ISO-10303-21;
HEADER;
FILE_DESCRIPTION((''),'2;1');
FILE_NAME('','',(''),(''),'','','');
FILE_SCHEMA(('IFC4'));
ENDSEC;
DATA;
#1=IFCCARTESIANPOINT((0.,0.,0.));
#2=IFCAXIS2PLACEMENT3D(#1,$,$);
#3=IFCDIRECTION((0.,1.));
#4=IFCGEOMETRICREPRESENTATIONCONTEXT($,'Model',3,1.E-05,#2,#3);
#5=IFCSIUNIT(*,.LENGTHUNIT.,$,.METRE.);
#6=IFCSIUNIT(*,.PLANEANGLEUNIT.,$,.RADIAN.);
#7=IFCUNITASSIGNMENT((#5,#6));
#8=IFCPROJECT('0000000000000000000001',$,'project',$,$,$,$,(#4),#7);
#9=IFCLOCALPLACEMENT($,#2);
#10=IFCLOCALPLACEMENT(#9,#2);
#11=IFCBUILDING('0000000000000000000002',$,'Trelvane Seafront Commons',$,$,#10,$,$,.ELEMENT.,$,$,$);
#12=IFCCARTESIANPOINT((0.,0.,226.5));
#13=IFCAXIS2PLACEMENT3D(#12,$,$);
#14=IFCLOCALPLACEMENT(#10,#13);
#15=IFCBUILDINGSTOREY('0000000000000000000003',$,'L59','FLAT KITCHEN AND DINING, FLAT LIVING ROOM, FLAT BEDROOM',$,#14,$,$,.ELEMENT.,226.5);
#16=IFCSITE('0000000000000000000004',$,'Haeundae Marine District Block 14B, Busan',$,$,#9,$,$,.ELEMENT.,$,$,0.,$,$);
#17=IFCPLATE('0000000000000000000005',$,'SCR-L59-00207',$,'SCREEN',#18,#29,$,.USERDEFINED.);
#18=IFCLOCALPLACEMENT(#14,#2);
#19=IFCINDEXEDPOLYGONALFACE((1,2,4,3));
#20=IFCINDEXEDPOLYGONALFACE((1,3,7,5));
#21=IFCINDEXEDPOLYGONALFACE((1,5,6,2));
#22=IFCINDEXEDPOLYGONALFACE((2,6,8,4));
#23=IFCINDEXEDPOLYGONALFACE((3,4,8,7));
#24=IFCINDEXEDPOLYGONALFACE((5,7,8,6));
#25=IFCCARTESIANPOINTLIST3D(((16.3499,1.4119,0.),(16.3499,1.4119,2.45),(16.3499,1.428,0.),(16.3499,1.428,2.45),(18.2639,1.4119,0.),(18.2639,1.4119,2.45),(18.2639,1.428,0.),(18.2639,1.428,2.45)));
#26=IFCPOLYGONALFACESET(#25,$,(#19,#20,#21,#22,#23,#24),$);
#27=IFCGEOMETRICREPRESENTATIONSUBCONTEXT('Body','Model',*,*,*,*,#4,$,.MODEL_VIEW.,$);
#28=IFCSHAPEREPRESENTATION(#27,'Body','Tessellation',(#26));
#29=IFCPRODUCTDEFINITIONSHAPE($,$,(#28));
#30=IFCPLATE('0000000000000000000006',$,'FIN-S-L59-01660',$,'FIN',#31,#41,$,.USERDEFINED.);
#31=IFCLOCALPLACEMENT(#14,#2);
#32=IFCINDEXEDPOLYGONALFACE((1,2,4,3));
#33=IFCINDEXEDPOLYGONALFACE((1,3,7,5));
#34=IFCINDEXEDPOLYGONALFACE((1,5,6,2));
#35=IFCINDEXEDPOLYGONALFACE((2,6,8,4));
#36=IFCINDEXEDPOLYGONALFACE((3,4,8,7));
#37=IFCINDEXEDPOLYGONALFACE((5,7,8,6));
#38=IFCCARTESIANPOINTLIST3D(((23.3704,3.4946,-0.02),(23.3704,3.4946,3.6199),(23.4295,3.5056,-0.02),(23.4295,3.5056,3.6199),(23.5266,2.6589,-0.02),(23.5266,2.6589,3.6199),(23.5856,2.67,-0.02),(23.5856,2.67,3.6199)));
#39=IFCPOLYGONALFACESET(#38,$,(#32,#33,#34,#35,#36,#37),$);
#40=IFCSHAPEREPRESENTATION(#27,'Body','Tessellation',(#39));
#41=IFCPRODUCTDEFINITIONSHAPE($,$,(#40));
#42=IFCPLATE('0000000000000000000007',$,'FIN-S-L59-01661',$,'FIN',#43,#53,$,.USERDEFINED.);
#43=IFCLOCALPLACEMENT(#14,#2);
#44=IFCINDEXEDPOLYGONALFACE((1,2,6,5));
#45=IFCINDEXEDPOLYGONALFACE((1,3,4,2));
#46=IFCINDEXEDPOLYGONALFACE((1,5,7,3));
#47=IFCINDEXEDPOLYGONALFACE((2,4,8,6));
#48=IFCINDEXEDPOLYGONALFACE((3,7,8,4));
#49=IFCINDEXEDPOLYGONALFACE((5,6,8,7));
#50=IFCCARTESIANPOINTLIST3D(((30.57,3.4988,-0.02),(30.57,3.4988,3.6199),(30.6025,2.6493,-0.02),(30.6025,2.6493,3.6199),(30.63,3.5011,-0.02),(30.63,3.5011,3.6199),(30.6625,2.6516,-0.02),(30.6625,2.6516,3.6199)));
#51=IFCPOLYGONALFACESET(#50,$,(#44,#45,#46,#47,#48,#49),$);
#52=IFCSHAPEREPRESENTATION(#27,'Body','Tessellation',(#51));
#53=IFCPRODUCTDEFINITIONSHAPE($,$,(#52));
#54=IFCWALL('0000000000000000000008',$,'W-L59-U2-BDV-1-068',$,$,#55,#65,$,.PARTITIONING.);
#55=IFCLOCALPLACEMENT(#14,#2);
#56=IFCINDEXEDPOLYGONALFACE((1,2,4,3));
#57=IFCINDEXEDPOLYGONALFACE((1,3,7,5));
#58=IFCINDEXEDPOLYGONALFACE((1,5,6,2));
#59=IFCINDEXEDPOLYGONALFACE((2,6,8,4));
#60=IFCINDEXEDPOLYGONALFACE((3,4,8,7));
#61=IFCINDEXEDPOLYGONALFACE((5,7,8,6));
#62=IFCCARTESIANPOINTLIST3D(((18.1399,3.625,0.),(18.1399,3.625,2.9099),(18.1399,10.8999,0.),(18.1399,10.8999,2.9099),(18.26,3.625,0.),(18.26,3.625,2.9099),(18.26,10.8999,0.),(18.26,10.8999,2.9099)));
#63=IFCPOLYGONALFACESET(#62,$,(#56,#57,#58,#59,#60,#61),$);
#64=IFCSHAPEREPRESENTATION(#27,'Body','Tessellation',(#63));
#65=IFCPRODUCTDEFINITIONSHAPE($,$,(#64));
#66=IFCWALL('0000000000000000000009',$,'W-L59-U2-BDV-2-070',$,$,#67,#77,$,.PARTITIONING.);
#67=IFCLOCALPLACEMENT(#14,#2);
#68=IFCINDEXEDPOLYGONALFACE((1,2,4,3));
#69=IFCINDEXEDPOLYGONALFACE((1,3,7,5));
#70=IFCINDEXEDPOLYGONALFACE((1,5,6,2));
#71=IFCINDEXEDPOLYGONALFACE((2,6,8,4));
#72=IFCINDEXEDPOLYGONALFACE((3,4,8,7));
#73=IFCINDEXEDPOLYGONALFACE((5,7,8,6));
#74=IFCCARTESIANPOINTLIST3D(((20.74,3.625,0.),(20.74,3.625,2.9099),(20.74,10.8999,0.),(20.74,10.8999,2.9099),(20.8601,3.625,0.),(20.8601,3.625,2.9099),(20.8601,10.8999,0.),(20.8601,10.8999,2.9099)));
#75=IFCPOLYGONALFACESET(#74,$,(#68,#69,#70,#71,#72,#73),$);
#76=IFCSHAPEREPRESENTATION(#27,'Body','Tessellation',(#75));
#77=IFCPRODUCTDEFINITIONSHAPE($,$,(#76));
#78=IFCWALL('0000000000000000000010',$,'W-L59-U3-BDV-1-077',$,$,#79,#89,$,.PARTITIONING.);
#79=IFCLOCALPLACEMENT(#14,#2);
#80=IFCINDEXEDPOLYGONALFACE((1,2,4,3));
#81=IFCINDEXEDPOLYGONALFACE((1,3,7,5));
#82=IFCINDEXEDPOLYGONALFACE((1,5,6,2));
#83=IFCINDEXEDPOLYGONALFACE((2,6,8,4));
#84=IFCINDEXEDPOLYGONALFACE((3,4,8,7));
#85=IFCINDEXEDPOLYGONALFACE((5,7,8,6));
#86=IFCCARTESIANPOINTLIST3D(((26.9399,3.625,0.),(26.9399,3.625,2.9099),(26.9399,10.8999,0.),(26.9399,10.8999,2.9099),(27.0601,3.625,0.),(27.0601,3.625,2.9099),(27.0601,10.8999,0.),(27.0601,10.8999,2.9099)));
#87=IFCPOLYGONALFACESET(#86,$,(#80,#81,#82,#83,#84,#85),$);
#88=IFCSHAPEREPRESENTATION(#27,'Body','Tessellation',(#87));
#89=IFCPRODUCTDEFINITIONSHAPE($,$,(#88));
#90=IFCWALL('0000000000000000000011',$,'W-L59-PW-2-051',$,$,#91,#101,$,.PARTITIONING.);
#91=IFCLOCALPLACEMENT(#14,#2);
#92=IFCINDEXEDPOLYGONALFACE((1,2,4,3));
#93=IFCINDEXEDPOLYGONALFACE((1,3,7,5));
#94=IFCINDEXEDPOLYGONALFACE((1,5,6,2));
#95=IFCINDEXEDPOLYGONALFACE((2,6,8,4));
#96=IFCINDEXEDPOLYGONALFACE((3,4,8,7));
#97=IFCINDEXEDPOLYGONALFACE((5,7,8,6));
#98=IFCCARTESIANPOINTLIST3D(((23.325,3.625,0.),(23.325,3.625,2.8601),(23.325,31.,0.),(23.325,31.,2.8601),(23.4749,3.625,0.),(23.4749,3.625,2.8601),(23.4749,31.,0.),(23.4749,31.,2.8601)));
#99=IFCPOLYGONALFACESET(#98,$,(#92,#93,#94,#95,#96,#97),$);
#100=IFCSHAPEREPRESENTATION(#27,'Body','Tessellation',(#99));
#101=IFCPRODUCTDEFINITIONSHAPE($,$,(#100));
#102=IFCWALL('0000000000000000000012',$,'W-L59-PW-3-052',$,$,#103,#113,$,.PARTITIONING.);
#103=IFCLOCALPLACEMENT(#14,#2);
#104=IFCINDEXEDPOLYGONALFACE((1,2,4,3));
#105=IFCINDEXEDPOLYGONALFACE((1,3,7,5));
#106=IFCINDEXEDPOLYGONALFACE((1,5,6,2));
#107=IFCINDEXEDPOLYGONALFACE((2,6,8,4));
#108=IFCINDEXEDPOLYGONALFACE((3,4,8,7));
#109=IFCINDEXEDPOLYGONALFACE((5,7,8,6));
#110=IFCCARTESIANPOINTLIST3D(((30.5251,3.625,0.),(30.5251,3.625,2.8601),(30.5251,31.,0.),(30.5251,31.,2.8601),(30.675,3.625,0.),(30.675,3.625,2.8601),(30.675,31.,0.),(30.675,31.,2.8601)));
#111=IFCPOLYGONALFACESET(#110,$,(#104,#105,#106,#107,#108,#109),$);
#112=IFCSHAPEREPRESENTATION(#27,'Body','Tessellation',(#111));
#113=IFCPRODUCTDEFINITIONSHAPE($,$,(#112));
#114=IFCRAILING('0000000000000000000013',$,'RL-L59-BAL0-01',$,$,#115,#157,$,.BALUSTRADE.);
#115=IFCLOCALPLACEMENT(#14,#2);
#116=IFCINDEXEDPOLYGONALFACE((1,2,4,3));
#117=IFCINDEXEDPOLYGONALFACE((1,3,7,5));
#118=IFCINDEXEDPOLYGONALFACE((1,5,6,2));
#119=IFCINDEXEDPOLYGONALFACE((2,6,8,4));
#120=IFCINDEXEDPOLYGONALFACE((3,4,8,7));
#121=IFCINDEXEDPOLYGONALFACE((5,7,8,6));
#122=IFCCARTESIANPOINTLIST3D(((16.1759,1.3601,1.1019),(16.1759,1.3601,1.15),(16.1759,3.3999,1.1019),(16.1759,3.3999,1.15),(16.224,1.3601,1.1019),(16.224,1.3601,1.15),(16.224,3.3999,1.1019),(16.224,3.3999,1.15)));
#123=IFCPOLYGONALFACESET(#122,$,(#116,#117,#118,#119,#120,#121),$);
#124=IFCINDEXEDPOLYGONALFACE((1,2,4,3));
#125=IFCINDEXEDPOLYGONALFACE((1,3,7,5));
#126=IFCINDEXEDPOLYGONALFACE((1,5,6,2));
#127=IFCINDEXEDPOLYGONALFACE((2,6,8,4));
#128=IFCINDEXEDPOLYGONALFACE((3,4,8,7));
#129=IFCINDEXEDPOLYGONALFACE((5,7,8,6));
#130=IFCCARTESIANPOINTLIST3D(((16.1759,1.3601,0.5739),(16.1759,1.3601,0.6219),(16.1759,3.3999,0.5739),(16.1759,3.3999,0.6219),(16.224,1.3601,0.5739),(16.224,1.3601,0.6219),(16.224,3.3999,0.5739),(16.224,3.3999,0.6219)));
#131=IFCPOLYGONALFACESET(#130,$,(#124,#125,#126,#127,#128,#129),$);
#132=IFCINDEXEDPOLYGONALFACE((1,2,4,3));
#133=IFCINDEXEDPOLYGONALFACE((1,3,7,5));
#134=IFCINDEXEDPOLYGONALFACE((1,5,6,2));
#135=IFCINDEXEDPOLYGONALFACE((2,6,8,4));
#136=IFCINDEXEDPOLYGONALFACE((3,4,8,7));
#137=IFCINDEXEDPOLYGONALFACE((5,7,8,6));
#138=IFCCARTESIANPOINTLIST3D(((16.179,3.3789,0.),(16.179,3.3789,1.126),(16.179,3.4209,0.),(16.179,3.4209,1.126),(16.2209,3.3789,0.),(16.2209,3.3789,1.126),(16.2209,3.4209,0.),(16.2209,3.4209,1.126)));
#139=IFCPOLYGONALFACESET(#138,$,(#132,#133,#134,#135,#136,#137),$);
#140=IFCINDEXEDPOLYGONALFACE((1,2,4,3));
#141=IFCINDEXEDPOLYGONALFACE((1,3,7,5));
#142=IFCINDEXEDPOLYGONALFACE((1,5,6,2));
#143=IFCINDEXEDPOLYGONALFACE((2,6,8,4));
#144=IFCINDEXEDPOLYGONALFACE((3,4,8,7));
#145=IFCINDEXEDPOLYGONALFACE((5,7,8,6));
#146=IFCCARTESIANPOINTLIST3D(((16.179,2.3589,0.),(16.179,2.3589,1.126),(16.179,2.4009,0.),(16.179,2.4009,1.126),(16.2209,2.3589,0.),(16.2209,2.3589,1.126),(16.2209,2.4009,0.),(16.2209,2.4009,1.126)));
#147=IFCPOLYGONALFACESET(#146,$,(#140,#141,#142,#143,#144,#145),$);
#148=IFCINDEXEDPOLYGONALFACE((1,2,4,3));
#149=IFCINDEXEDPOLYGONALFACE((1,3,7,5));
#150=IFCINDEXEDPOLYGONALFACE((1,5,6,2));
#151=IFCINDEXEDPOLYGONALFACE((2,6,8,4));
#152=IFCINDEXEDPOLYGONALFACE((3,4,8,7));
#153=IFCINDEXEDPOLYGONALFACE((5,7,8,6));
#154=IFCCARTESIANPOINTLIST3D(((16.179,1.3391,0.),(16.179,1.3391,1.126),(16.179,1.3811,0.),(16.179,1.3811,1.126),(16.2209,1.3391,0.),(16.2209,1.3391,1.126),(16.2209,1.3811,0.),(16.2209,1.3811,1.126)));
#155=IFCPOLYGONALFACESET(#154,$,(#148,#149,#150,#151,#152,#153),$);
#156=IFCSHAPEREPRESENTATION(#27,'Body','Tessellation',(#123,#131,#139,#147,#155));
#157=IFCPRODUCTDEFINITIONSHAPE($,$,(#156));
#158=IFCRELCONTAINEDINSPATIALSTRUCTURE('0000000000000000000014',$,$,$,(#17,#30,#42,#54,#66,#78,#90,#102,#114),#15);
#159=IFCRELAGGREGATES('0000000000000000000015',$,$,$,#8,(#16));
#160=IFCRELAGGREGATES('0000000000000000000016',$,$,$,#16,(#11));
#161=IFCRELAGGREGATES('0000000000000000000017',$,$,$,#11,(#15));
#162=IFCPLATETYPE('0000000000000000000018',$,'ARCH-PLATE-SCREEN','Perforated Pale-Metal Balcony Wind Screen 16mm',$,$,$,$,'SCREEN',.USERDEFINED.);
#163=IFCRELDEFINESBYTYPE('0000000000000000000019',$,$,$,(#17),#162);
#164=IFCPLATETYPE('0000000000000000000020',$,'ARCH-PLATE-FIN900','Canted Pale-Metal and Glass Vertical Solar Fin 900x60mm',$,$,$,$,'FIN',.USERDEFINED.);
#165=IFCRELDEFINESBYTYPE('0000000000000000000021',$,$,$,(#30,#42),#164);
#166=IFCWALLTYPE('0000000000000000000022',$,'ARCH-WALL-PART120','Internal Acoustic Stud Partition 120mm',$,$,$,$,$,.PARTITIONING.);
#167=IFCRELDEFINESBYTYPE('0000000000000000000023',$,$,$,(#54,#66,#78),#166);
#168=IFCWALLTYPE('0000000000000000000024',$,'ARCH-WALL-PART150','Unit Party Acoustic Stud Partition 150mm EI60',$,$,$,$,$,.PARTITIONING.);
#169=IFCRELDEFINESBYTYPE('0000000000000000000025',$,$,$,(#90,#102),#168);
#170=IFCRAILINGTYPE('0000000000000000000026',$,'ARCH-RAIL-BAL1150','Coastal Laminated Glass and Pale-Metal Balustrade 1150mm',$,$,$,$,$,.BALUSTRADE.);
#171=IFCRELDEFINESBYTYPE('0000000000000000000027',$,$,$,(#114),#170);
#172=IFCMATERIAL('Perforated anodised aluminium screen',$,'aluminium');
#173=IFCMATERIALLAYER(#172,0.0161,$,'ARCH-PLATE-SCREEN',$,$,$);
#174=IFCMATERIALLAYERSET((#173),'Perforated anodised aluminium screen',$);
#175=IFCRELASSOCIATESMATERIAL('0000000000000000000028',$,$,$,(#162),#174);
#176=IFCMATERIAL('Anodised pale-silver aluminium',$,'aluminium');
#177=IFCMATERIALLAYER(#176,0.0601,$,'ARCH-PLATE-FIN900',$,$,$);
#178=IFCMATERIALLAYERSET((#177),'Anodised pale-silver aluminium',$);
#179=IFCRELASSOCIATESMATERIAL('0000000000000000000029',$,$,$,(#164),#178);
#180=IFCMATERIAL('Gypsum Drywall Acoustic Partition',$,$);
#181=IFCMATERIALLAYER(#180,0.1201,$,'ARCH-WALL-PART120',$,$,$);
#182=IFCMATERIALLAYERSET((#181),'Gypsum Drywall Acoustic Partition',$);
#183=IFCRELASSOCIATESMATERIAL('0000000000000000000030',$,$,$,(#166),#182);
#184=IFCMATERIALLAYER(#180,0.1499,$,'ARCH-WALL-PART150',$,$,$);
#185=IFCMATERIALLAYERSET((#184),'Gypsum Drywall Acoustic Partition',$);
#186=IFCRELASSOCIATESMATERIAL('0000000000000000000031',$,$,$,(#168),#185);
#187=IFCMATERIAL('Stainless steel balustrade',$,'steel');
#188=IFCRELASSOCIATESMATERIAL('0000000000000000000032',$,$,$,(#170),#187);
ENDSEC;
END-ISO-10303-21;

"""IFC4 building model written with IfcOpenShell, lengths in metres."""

from ifc_helpers import new_model, si_unit, direction, frame, frame_2d, origin, origin_2d, place, context, subcontext, project, spatial, rectangle, extrude, source, transform, mapped, material, layer, layer_set, type_object, element, save


model = new_model("IFC4")

# Units and contexts
model_context = context("Model", 3, precision=1e-05, world=origin(), true_north=direction((0.0, 1.0)))
body_context = subcontext(model_context, "Body", "Model", "MODEL_VIEW")
ifc_project = project(units=[si_unit("LENGTHUNIT", "METRE"), si_unit("PLANEANGLEUNIT", "RADIAN")], contexts=[model_context])

# Site, building, storey
site_placement = place(None, origin())
site = spatial("IfcSite", under=ifc_project, at=site_placement, Name="Haeundae Marine District Block 14B, Busan", CompositionType="ELEMENT", RefElevation=0.0)
building_placement = place(site_placement, origin())
building = spatial("IfcBuilding", under=site, at=building_placement, Name="Trelvane Seafront Commons", CompositionType="ELEMENT")
storey_placement = place(building_placement, frame((0.0, 0.0, 226.5)))
storey = spatial("IfcBuildingStorey", under=building, at=storey_placement, Name="L59", Description="FLAT KITCHEN AND DINING, FLAT LIVING ROOM, FLAT BEDROOM", CompositionType="ELEMENT", Elevation=226.5)

# Plates
ifc_material_1 = material(Name="Perforated anodised aluminium screen", Category="aluminium")
ifc_layer_1 = layer(ifc_material_1, 0.0161, Name="ARCH-PLATE-SCREEN")
ifc_layer_set_1 = layer_set([ifc_layer_1], Name="Perforated anodised aluminium screen")
plate_type_1 = type_object("IfcPlateType", Name="ARCH-PLATE-SCREEN", Description="Perforated Pale-Metal Balcony Wind Screen 16mm", ElementType="SCREEN", PredefinedType="USERDEFINED", material=ifc_layer_set_1)
shared_shape_1 = source(origin(), body_context, "Body", "SweptSolid", [
    extrude(rectangle(XDim=1.9141, YDim=0.0161, at=origin_2d()), origin(), (0.0, 0.0, 1.0), 2.45),
])
plate_placement = place(storey_placement, frame((17.3069, 1.4199, 0.0), z_axis=(0.0, 0.0, 1.0), x_axis=(1.0, 0.0, 0.0)))
element("IfcPlate", 1, at=plate_placement, inside=storey, type_object=plate_type_1, Name="SCR-L59-00207", ObjectType="SCREEN", PredefinedType="USERDEFINED", context=body_context, shape_type="MappedRepresentation", body=[
    mapped(shared_shape_1, transform((0.0, 0.0, 0.0), x_axis=(1.0, 0.0, 0.0), y_axis=(0.0, 1.0, 0.0), z_axis=(0.0, 0.0, 1.0), scale=1.0)),
])
ifc_material_2 = material(Name="Anodised pale-silver aluminium", Category="aluminium")
ifc_layer_2 = layer(ifc_material_2, 0.0601, Name="ARCH-PLATE-FIN900")
ifc_layer_set_2 = layer_set([ifc_layer_2], Name="Anodised pale-silver aluminium")
plate_type_2 = type_object("IfcPlateType", Name="ARCH-PLATE-FIN900", Description="Canted Pale-Metal and Glass Vertical Solar Fin 900x60mm", ElementType="FIN", PredefinedType="USERDEFINED", material=ifc_layer_set_2)
shared_shape_2 = source(origin(), body_context, "Body", "SweptSolid", [
    extrude(rectangle(XDim=0.8501, YDim=0.0601, at=origin_2d()), origin(), (0.0, 0.0, 1.0), 3.6399),
])
for number, where, z_axis, x_axis, name in (
    (2, (23.478, 3.0823, -0.02), (0.0, 0.0, 1.0), (0.183656, -0.982991, 0.0), "FIN-S-L59-01660"),
    (3, (30.6162, 3.0752, -0.02), (0.0, 0.0, 1.0), (0.038234, -0.999269, 0.0), "FIN-S-L59-01661"),
):
    element("IfcPlate", number, at=place(storey_placement, frame(where, z_axis=z_axis, x_axis=x_axis)), inside=storey, type_object=plate_type_2, Name=name, ObjectType="FIN", PredefinedType="USERDEFINED", context=body_context, shape_type="MappedRepresentation", body=[
        mapped(shared_shape_2, transform((0.0, 0.0, 0.0), x_axis=(1.0, 0.0, 0.0), y_axis=(0.0, 1.0, 0.0), z_axis=(0.0, 0.0, 1.0), scale=1.0)),
    ])

# Shared definitions
ifc_material_3 = material(Name="Gypsum Drywall Acoustic Partition")
ifc_layer_3 = layer(ifc_material_3, 0.1201, Name="ARCH-WALL-PART120")
ifc_layer_set_3 = layer_set([ifc_layer_3], Name="Gypsum Drywall Acoustic Partition")
wall_type_1 = type_object("IfcWallType", Name="ARCH-WALL-PART120", Description="Internal Acoustic Stud Partition 120mm", PredefinedType="PARTITIONING", material=ifc_layer_set_3)

# Wall
wall_1_placement = place(storey_placement, frame((18.2, 3.625, 0.0), z_axis=(0.0, 0.0, 1.0), x_axis=(0.0, 1.0, 0.0)))
element("IfcWall", 4, at=wall_1_placement, inside=storey, type_object=wall_type_1, Name="W-L59-U2-BDV-1-068", PredefinedType="PARTITIONING", context=body_context, shape_type="SweptSolid", body=[
    extrude(rectangle(XDim=7.2749, YDim=0.1201, at=frame_2d((3.6375, 0.0))), origin(), (0.0, 0.0, 1.0), 2.9099),
])

# Walls
for number, where, z_axis, x_axis, name in (
    (5, (20.8, 3.625, 0.0), (0.0, 0.0, 1.0), (0.0, 1.0, 0.0), "W-L59-U2-BDV-2-070"),
    (6, (27.0, 3.625, 0.0), (0.0, 0.0, 1.0), (0.0, 1.0, 0.0), "W-L59-U3-BDV-1-077"),
):
    element("IfcWall", number, at=place(storey_placement, frame(where, z_axis=z_axis, x_axis=x_axis)), inside=storey, type_object=wall_type_1, Name=name, PredefinedType="PARTITIONING", context=body_context, shape_type="SweptSolid", body=[
        extrude(rectangle(XDim=7.2749, YDim=0.1201, at=frame_2d((3.6375, 0.0))), origin(), (0.0, 0.0, 1.0), 2.9099),
    ])
ifc_layer_4 = layer(ifc_material_3, 0.1499, Name="ARCH-WALL-PART150")
ifc_layer_set_4 = layer_set([ifc_layer_4], Name="Gypsum Drywall Acoustic Partition")
wall_type_2 = type_object("IfcWallType", Name="ARCH-WALL-PART150", Description="Unit Party Acoustic Stud Partition 150mm EI60", PredefinedType="PARTITIONING", material=ifc_layer_set_4)
for number, where, z_axis, x_axis, name in (
    (7, (23.3999, 3.625, 0.0), (0.0, 0.0, 1.0), (0.0, 1.0, 0.0), "W-L59-PW-2-051"),
    (8, (30.6001, 3.625, 0.0), (0.0, 0.0, 1.0), (0.0, 1.0, 0.0), "W-L59-PW-3-052"),
):
    element("IfcWall", number, at=place(storey_placement, frame(where, z_axis=z_axis, x_axis=x_axis)), inside=storey, type_object=wall_type_2, Name=name, PredefinedType="PARTITIONING", context=body_context, shape_type="SweptSolid", body=[
        extrude(rectangle(XDim=27.375, YDim=0.1499, at=frame_2d((13.6875, 0.0))), origin(), (0.0, 0.0, 1.0), 2.8601),
    ])

# Railing
ifc_material_4 = material(Name="Stainless steel balustrade", Category="steel")
railing_type = type_object("IfcRailingType", Name="ARCH-RAIL-BAL1150", Description="Coastal Laminated Glass and Pale-Metal Balustrade 1150mm", PredefinedType="BALUSTRADE", material=ifc_material_4)
railing_1_placement = place(storey_placement, frame((16.2, 3.3999, 0.0)))
element("IfcRailing", 9, at=railing_1_placement, inside=storey, type_object=railing_type, Name="RL-L59-BAL0-01", PredefinedType="BALUSTRADE", context=body_context, shape_type="SweptSolid", body=[
    extrude(rectangle(XDim=0.0481, YDim=0.0481, at=origin_2d()), frame((0.0, 0.0, 1.126), z_axis=(0.0, -1.0, 0.0), x_axis=(1.0, 0.0, 0.0)), (0.0, 0.0, 1.0), 2.0398),
    extrude(rectangle(XDim=0.0481, YDim=0.0481, at=origin_2d()), frame((0.0, 0.0, 0.5979), z_axis=(0.0, -1.0, 0.0), x_axis=(1.0, 0.0, 0.0)), (0.0, 0.0, 1.0), 2.0398),
    extrude(rectangle(XDim=0.042, YDim=0.042, at=origin_2d()), origin(), (0.0, 0.0, 1.0), 1.126),
    extrude(rectangle(XDim=0.042, YDim=0.042, at=origin_2d()), frame((0.0, -1.02, 0.0)), (0.0, 0.0, 1.0), 1.126),
    extrude(rectangle(XDim=0.042, YDim=0.042, at=origin_2d()), frame((0.0, -2.0398, 0.0)), (0.0, 0.0, 1.0), 1.126),
])

save(model, "model.ifc")
